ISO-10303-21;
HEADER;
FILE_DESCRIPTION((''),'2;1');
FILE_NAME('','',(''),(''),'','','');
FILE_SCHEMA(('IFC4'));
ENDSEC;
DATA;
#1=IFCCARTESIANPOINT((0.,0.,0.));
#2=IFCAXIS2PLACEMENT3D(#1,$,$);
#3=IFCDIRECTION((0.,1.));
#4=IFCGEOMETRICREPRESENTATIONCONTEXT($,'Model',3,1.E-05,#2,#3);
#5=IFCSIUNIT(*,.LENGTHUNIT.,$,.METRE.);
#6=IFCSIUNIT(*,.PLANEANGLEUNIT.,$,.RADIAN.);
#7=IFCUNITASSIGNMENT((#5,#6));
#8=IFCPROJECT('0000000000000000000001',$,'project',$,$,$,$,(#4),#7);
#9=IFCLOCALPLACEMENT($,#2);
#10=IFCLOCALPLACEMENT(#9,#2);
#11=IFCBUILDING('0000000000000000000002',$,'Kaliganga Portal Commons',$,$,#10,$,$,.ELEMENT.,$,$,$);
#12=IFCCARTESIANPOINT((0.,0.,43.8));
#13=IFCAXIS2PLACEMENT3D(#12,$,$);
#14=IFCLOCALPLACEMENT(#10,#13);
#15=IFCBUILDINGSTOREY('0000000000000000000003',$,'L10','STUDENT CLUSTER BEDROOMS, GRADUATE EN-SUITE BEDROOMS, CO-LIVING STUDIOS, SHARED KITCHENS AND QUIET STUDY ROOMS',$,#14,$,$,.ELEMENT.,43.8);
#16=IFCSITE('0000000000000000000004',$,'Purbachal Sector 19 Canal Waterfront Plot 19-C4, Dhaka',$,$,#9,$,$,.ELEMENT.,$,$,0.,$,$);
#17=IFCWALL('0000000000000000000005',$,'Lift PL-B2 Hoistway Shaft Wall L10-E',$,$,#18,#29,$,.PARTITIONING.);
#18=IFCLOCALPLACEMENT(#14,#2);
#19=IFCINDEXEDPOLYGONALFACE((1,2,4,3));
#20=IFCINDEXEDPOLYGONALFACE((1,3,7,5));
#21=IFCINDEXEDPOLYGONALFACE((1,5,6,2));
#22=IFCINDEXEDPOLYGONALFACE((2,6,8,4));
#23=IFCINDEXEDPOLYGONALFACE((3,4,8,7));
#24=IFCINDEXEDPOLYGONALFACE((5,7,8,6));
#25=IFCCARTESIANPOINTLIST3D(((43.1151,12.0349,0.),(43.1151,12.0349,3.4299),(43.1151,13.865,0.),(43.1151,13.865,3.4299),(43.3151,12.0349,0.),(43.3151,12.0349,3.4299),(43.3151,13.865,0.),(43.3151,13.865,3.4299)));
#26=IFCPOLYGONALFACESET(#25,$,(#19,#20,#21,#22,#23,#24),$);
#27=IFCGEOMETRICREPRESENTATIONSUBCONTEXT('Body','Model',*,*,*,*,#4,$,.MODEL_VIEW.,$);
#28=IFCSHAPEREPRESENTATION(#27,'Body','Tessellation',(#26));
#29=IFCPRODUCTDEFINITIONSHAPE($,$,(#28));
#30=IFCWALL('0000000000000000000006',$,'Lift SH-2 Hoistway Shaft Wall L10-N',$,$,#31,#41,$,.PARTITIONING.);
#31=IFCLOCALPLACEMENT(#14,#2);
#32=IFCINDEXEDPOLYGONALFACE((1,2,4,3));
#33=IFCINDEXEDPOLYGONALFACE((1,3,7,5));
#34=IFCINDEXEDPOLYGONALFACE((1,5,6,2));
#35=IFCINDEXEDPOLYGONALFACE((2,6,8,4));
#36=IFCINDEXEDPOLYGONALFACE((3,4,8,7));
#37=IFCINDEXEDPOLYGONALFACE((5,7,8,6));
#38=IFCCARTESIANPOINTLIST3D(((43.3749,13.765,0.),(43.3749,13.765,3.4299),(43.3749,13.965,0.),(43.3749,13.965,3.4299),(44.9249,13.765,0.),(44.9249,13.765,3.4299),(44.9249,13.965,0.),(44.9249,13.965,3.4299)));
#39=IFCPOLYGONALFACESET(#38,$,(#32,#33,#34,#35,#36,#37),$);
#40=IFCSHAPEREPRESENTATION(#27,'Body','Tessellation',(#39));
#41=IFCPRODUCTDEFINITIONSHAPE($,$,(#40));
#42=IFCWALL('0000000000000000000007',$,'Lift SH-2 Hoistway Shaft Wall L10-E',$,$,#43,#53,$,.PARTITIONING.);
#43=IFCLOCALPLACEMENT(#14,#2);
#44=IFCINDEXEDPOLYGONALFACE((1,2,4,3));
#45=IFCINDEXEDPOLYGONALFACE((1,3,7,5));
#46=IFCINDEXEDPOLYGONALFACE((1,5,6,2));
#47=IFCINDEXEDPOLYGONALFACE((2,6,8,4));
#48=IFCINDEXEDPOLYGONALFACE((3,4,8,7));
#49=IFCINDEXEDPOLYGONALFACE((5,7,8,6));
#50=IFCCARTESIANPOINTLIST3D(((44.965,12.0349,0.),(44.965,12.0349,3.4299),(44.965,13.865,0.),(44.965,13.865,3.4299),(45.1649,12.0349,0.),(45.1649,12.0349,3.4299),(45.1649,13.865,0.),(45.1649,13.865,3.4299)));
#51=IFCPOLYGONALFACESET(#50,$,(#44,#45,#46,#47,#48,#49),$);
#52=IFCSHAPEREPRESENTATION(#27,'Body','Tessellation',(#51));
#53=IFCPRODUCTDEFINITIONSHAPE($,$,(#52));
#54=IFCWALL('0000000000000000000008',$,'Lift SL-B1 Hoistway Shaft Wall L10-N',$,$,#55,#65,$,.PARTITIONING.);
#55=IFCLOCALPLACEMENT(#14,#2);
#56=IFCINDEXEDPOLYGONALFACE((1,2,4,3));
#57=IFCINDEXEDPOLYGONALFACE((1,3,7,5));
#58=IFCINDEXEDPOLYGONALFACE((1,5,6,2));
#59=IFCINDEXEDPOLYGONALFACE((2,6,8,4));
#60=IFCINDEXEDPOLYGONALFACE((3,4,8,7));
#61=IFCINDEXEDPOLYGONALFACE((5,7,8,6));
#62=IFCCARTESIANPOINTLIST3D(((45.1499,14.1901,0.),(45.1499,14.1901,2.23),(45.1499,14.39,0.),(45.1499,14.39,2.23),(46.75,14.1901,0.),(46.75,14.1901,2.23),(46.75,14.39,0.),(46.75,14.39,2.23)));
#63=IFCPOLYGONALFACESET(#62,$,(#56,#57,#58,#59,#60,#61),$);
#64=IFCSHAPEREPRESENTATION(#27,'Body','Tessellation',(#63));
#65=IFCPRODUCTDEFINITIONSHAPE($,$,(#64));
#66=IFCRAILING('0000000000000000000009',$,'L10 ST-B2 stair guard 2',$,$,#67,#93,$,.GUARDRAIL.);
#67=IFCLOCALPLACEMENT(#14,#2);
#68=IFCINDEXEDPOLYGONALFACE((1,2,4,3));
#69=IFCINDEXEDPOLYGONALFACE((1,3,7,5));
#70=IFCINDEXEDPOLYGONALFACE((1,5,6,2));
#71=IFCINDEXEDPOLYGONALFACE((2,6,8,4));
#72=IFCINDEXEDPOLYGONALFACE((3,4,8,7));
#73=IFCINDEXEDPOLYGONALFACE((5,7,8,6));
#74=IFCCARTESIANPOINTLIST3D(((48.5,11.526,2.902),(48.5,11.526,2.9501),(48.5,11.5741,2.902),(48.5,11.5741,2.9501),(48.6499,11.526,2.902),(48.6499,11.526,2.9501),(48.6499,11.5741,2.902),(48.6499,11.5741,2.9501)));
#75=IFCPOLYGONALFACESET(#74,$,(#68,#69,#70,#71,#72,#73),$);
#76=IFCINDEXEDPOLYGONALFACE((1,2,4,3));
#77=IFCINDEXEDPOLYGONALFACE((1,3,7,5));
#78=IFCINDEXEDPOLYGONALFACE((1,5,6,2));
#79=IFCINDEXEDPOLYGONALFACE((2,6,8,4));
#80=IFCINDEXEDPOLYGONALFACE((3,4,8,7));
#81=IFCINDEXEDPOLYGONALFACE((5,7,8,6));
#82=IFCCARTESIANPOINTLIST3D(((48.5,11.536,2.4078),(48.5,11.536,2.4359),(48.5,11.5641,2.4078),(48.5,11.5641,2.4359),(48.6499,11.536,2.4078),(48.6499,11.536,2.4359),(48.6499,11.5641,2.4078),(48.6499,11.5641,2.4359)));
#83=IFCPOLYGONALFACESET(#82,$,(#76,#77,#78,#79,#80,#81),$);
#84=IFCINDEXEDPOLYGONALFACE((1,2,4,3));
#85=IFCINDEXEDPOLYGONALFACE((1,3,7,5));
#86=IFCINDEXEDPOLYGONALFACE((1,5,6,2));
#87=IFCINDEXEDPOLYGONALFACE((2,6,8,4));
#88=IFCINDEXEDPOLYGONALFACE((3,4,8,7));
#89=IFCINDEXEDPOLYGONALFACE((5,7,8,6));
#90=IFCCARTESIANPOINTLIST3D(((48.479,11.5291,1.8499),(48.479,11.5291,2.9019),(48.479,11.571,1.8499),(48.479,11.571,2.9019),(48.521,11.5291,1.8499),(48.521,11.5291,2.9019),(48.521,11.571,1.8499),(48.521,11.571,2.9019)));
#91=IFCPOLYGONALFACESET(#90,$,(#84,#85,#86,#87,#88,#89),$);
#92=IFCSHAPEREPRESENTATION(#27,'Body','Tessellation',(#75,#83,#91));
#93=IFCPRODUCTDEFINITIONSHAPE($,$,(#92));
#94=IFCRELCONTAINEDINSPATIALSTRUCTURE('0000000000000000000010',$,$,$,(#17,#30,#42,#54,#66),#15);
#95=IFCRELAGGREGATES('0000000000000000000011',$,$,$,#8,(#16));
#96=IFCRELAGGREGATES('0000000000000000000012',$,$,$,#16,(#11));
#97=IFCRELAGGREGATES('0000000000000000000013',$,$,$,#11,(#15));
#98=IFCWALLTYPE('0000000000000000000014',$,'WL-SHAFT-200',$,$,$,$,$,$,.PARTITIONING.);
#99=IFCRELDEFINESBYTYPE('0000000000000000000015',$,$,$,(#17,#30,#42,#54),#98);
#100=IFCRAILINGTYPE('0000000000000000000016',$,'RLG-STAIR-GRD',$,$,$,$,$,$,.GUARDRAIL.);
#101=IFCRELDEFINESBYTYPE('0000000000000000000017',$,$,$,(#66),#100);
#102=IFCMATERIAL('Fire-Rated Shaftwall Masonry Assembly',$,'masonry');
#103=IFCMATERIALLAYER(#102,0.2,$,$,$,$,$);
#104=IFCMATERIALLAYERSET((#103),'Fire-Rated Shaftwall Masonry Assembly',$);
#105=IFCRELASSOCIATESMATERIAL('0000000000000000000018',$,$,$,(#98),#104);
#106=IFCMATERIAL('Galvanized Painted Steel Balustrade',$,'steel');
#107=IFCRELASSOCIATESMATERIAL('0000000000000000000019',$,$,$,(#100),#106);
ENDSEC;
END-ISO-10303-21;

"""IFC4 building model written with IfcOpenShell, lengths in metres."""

from ifc_helpers import new_model, si_unit, direction, frame, frame_2d, origin, origin_2d, place, context, subcontext, project, spatial, rectangle, extrude, material, layer, layer_set, type_object, element, save


model = new_model("IFC4")

# Units and contexts
model_context = context("Model", 3, precision=1e-05, world=origin(), true_north=direction((0.0, 1.0)))
body_context = subcontext(model_context, "Body", "Model", "MODEL_VIEW")
ifc_project = project(units=[si_unit("LENGTHUNIT", "METRE"), si_unit("PLANEANGLEUNIT", "RADIAN")], contexts=[model_context])

# Site, building, storey
site_placement = place(None, origin())
site = spatial("IfcSite", under=ifc_project, at=site_placement, Name="Purbachal Sector 19 Canal Waterfront Plot 19-C4, Dhaka", CompositionType="ELEMENT", RefElevation=0.0)
building_placement = place(site_placement, origin())
building = spatial("IfcBuilding", under=site, at=building_placement, Name="Kaliganga Portal Commons", CompositionType="ELEMENT")
storey_placement = place(building_placement, frame((0.0, 0.0, 43.8)))
storey = spatial("IfcBuildingStorey", under=building, at=storey_placement, Name="L10", Description="STUDENT CLUSTER BEDROOMS, GRADUATE EN-SUITE BEDROOMS, CO-LIVING STUDIOS, SHARED KITCHENS AND QUIET STUDY ROOMS", CompositionType="ELEMENT", Elevation=43.8)

# Wall
ifc_material_1 = material(Name="Fire-Rated Shaftwall Masonry Assembly", Category="masonry")
ifc_layer_1 = layer(ifc_material_1, 0.2)
ifc_layer_set_1 = layer_set([ifc_layer_1], Name="Fire-Rated Shaftwall Masonry Assembly")
wall_type_1 = type_object("IfcWallType", Name="WL-SHAFT-200", PredefinedType="PARTITIONING", material=ifc_layer_set_1)
wall_1_placement = place(storey_placement, frame((43.2151, 12.0349, 0.0), z_axis=(0.0, 0.0, 1.0), x_axis=(0.0, 1.0, 0.0)))
element("IfcWall", 1, at=wall_1_placement, inside=storey, type_object=wall_type_1, Name="Lift PL-B2 Hoistway Shaft Wall L10-E", PredefinedType="PARTITIONING", context=body_context, shape_type="SweptSolid", body=[
    extrude(rectangle(XDim=1.8301, YDim=0.2, at=frame_2d((0.915, 0.0))), origin(), (0.0, 0.0, 1.0), 3.4299),
])

# Walls
wall_2_placement = place(storey_placement, frame((43.375, 13.865, 0.0), z_axis=(0.0, 0.0, 1.0), x_axis=(1.0, 0.0, 0.0)))
element("IfcWall", 2, at=wall_2_placement, inside=storey, type_object=wall_type_1, Name="Lift SH-2 Hoistway Shaft Wall L10-N", PredefinedType="PARTITIONING", context=body_context, shape_type="SweptSolid", body=[
    extrude(rectangle(XDim=1.55, YDim=0.2, at=frame_2d((0.7749, 0.0))), origin(), (0.0, 0.0, 1.0), 3.4299),
])
wall_3_placement = place(storey_placement, frame((45.0649, 12.0349, 0.0), z_axis=(0.0, 0.0, 1.0), x_axis=(0.0, 1.0, 0.0)))
element("IfcWall", 3, at=wall_3_placement, inside=storey, type_object=wall_type_1, Name="Lift SH-2 Hoistway Shaft Wall L10-E", PredefinedType="PARTITIONING", context=body_context, shape_type="SweptSolid", body=[
    extrude(rectangle(XDim=1.8301, YDim=0.2, at=frame_2d((0.915, 0.0))), origin(), (0.0, 0.0, 1.0), 3.4299),
])

# Wall
wall_4_placement = place(storey_placement, frame((45.1499, 14.29, 0.0), z_axis=(0.0, 0.0, 1.0), x_axis=(1.0, 0.0, 0.0)))
element("IfcWall", 4, at=wall_4_placement, inside=storey, type_object=wall_type_1, Name="Lift SL-B1 Hoistway Shaft Wall L10-N", PredefinedType="PARTITIONING", context=body_context, shape_type="SweptSolid", body=[
    extrude(rectangle(XDim=1.6001, YDim=0.2, at=frame_2d((0.8, 0.0))), origin(), (0.0, 0.0, 1.0), 2.23),
])

# Railing
ifc_material_2 = material(Name="Galvanized Painted Steel Balustrade", Category="steel")
railing_type = type_object("IfcRailingType", Name="RLG-STAIR-GRD", PredefinedType="GUARDRAIL", material=ifc_material_2)
railing_placement = place(storey_placement, frame((48.6499, 11.55, 1.8499)))
element("IfcRailing", 5, at=railing_placement, inside=storey, type_object=railing_type, Name="L10 ST-B2 stair guard 2", PredefinedType="GUARDRAIL", context=body_context, shape_type="SweptSolid", body=[
    extrude(rectangle(XDim=0.0481, YDim=0.0481, at=origin_2d()), frame((0.0, 0.0, 1.0762), z_axis=(-1.0, 0.0, 0.0), x_axis=(0.0, -1.0, 0.0)), (0.0, 0.0, 1.0), 0.1499),
    extrude(rectangle(XDim=0.0281, YDim=0.0281, at=origin_2d()), frame((0.0, 0.0, 0.572), z_axis=(-1.0, 0.0, 0.0), x_axis=(0.0, -1.0, 0.0)), (0.0, 0.0, 1.0), 0.1499),
    extrude(rectangle(XDim=0.042, YDim=0.042, at=origin_2d()), frame((-0.1499, 0.0, 0.0)), (0.0, 0.0, 1.0), 1.052),
])

save(model, "model.ifc")
